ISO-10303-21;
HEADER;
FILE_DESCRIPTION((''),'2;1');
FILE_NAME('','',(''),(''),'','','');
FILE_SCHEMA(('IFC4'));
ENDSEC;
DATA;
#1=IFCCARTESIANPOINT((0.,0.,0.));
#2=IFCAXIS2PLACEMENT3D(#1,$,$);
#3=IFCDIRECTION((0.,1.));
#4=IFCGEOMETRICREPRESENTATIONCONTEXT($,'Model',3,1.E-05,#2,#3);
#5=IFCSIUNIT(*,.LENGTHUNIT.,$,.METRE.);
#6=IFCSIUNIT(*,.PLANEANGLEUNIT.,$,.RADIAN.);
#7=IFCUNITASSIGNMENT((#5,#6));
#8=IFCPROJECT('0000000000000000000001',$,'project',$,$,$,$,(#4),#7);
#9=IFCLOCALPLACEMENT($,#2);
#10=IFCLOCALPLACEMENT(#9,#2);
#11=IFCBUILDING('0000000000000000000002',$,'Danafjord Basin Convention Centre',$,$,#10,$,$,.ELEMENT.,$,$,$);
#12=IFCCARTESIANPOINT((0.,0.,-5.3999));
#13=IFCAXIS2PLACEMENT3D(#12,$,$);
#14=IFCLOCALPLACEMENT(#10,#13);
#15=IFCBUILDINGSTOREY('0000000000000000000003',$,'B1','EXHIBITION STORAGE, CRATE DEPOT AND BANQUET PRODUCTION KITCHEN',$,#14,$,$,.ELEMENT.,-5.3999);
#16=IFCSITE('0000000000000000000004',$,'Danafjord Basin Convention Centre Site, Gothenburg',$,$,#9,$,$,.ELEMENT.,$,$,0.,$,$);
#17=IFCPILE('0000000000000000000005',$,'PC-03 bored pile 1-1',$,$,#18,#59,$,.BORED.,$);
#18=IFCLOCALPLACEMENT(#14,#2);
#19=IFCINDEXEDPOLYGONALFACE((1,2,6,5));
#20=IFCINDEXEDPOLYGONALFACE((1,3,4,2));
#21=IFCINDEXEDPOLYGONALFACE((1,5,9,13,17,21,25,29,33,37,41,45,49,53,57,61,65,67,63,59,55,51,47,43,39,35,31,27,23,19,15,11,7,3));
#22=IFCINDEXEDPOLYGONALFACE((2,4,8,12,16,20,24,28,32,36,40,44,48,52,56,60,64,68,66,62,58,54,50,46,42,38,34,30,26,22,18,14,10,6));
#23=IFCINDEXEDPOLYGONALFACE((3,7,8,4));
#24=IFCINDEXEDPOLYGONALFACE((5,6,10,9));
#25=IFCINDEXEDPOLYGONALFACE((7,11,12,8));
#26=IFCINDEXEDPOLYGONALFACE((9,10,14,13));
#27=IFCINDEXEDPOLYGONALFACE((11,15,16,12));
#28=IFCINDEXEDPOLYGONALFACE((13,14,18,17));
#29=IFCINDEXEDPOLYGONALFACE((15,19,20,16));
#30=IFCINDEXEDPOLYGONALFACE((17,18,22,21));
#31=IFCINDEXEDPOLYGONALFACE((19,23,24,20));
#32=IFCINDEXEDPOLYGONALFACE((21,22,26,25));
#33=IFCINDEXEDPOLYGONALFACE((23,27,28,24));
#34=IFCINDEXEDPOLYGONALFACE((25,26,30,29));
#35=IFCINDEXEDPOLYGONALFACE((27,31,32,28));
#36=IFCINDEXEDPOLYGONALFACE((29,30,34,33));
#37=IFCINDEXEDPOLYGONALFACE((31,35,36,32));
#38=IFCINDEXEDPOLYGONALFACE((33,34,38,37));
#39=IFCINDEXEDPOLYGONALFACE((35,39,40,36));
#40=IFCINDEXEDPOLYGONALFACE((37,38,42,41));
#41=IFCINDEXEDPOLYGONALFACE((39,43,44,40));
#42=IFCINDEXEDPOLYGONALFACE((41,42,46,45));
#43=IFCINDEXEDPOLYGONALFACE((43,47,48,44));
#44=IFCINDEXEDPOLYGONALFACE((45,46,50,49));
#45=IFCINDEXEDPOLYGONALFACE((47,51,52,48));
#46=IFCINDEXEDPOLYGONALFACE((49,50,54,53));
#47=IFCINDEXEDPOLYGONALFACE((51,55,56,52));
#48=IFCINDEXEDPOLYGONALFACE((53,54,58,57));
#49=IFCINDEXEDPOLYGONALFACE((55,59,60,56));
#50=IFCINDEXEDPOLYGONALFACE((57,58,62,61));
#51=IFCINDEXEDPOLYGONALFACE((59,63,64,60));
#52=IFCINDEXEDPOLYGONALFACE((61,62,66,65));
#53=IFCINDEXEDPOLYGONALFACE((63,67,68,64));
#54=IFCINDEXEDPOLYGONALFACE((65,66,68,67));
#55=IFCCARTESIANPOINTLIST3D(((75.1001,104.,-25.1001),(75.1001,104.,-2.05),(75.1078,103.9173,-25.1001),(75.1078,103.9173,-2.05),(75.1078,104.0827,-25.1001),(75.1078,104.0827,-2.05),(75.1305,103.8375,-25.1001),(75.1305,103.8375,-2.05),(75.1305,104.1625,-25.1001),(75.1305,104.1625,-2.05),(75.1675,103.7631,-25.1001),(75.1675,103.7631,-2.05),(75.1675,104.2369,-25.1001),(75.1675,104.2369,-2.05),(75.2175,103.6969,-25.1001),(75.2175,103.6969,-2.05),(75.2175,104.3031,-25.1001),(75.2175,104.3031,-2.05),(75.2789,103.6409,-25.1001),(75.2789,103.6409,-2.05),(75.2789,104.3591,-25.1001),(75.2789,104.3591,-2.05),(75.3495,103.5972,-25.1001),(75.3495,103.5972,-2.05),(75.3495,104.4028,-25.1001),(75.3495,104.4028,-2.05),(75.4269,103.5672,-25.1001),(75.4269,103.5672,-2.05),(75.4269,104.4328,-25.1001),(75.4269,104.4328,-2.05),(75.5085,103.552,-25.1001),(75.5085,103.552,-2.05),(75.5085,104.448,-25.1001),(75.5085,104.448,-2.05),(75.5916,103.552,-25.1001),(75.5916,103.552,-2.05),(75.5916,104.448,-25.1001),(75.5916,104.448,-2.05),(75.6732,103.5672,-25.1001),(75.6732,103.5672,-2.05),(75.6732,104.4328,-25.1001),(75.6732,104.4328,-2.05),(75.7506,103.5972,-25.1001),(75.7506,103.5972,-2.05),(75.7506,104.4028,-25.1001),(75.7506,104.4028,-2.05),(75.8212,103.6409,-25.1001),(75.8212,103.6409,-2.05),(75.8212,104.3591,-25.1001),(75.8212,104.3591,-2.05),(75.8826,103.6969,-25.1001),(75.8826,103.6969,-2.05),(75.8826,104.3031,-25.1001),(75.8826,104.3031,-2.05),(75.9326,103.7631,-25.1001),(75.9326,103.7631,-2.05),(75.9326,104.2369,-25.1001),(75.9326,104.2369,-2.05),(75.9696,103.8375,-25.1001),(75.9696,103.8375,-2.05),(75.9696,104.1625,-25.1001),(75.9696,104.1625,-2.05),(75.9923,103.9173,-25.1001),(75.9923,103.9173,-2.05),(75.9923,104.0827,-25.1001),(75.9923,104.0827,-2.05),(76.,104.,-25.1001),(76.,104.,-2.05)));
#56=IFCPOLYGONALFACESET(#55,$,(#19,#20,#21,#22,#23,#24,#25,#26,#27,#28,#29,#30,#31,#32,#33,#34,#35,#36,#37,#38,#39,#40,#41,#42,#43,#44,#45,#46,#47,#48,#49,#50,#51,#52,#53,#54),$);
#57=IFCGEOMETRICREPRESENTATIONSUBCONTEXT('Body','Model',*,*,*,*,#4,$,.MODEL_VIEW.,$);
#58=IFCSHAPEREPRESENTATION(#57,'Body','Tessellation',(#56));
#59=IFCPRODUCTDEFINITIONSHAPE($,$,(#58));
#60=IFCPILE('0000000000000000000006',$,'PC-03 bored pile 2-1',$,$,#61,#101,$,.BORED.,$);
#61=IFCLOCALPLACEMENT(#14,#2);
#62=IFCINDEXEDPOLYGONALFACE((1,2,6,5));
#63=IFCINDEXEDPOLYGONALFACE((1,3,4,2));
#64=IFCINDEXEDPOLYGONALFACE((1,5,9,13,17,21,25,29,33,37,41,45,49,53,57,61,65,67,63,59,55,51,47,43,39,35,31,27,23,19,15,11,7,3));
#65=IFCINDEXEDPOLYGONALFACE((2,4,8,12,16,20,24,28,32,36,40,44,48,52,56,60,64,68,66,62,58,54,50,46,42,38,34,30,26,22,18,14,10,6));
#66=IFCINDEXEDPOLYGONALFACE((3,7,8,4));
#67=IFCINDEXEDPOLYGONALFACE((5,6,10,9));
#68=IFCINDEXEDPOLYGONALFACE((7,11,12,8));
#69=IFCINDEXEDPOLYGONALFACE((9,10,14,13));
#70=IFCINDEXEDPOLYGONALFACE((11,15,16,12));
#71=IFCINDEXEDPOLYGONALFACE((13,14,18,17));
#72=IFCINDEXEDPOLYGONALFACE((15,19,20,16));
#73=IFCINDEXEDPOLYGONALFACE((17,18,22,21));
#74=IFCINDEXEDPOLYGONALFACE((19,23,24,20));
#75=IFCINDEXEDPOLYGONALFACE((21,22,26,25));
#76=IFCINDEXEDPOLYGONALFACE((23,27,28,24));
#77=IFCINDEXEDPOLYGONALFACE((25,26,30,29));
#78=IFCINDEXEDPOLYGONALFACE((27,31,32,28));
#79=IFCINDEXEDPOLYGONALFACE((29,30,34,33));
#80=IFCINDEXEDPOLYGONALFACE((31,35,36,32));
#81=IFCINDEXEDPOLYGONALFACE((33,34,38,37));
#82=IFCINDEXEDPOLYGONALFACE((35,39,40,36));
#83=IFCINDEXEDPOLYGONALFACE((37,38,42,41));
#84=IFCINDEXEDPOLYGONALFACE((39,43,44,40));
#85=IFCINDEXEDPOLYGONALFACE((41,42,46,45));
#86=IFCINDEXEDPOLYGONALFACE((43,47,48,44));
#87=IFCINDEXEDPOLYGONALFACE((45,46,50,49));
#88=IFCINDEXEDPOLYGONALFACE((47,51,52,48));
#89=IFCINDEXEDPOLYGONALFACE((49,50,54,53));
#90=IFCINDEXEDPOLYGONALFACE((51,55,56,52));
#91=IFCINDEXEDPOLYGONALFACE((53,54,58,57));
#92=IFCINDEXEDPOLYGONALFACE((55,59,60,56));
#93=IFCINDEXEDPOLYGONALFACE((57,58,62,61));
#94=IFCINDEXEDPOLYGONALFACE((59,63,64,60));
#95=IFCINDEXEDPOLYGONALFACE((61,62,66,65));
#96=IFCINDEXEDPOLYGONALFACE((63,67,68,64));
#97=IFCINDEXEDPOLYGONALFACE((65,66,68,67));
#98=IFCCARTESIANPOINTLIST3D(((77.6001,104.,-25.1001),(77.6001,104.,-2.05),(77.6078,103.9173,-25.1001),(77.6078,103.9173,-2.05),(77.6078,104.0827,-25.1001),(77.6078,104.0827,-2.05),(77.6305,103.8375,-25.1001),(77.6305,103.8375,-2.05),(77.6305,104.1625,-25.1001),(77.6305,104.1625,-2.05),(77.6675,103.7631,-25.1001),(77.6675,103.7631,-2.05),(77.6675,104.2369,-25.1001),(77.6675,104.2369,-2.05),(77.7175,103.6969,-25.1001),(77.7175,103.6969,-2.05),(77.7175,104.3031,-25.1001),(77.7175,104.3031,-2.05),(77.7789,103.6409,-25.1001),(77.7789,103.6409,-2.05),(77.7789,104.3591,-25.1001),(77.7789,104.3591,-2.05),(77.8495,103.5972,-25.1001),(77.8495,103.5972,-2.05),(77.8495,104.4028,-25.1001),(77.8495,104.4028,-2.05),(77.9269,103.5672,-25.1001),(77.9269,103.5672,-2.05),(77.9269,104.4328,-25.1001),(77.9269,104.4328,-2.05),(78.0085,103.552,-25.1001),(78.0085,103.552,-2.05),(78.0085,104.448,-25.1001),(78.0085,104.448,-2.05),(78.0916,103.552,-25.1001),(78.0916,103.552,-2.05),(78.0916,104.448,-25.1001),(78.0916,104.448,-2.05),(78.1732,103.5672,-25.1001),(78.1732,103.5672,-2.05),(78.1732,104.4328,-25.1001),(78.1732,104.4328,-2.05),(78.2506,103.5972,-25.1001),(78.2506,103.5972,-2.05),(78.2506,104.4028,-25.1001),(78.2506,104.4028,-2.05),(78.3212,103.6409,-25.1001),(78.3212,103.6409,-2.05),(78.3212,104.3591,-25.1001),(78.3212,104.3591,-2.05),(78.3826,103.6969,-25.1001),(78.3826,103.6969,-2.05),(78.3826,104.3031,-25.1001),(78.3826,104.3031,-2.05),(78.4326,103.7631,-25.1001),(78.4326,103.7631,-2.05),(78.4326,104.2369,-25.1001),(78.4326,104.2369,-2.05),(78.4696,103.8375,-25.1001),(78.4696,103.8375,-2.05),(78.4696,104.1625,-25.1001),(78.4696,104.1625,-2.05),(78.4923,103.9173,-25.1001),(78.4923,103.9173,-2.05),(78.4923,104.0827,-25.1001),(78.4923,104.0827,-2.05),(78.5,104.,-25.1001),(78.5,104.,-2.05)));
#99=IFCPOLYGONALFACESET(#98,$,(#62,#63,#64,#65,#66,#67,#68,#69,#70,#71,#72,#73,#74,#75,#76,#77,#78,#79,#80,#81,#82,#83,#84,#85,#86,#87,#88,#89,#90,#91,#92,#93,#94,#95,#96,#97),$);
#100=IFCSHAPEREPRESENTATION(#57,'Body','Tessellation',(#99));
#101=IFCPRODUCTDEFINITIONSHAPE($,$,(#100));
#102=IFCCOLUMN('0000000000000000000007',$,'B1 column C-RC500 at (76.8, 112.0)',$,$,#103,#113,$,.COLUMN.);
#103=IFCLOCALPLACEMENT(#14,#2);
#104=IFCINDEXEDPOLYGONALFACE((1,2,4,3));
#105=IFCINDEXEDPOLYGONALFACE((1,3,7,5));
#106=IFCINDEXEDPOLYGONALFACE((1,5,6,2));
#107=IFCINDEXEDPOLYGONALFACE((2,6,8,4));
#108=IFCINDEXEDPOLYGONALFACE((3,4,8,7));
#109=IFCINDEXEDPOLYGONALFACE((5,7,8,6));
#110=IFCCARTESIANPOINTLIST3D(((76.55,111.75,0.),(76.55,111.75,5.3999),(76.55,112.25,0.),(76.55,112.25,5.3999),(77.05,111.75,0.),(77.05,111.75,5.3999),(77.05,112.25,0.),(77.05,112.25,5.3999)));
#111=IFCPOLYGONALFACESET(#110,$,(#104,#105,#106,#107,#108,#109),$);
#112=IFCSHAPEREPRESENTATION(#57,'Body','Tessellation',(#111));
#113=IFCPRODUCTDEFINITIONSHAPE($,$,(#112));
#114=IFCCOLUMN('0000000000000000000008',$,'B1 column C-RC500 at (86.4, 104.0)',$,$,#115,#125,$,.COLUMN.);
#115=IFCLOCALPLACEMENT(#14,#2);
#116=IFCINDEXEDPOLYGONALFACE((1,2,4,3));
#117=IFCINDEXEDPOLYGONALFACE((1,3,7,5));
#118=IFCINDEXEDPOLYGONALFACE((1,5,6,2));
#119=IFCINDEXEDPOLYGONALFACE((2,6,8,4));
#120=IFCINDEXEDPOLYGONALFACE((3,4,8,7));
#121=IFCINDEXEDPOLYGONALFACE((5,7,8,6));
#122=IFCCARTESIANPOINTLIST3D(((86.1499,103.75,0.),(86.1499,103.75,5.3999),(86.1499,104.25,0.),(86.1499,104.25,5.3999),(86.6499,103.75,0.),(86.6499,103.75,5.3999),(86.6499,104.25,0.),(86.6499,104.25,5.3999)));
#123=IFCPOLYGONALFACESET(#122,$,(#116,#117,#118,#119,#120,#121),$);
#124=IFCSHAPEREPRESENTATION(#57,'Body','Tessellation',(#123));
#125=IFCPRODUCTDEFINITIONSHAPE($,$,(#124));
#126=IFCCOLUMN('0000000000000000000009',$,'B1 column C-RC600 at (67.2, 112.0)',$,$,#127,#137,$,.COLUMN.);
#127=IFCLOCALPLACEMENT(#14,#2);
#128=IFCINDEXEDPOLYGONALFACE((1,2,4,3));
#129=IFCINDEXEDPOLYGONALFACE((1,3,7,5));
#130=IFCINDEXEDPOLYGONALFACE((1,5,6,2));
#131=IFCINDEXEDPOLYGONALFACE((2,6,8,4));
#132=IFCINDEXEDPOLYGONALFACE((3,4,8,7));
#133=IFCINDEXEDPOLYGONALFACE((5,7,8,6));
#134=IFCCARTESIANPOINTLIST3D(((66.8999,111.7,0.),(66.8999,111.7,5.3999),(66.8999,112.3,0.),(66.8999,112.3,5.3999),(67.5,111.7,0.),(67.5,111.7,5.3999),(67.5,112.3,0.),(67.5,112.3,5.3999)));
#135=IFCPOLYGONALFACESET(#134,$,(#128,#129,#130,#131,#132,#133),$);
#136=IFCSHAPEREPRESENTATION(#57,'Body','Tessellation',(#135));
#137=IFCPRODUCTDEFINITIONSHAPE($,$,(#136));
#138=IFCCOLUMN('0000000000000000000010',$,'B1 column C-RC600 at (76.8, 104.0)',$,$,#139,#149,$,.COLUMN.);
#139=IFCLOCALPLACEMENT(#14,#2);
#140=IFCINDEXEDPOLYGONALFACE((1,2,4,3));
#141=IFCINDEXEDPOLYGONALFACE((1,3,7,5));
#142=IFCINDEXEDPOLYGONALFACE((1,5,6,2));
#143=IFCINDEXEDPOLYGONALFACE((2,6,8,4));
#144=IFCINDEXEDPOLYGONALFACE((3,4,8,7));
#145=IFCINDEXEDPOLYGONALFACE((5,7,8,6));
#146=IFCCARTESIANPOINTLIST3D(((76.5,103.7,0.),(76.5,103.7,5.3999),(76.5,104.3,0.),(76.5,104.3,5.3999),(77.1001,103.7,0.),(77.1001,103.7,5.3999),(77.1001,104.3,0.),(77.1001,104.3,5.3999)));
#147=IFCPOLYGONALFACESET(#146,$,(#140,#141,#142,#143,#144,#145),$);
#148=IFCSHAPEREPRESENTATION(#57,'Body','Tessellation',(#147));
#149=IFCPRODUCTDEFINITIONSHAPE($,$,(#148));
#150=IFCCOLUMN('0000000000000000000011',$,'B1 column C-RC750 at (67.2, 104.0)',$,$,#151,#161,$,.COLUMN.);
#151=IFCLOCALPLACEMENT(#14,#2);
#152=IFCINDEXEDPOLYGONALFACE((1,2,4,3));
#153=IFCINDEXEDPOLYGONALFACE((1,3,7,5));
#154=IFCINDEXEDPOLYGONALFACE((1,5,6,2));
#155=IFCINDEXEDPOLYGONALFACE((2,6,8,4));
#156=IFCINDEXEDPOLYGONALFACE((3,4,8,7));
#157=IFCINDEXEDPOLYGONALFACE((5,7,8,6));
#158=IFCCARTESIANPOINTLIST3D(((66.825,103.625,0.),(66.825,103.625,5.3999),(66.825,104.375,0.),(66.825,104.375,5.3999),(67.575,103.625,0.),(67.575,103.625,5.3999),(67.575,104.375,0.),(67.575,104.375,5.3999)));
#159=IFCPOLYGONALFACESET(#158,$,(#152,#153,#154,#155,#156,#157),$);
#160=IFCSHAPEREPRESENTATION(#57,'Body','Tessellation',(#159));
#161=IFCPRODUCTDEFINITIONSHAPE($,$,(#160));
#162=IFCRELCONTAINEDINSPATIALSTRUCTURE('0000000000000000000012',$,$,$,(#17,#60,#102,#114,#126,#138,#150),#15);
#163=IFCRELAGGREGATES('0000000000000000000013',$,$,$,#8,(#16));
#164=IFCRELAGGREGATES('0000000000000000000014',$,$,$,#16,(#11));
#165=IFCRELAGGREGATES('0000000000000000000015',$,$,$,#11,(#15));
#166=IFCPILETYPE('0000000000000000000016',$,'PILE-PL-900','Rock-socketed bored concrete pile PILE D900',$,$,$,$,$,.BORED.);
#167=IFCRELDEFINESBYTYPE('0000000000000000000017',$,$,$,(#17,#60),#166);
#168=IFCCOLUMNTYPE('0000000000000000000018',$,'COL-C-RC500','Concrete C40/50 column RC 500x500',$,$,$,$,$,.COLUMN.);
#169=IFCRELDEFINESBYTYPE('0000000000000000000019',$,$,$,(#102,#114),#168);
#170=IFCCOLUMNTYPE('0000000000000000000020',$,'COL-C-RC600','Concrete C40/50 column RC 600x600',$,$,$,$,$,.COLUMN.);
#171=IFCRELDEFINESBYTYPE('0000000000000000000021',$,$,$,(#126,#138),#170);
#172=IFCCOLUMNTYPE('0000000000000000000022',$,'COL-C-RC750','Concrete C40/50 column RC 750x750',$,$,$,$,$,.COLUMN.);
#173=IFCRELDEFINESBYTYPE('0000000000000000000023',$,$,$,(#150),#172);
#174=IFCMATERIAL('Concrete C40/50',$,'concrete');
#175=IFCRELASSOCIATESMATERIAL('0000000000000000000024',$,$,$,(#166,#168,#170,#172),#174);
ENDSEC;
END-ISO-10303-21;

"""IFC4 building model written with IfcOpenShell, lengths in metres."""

from ifc_helpers import new_model, si_unit, direction, frame, origin, origin_2d, place, context, subcontext, project, spatial, rectangle, circle, extrude, material, material_profile, profile_set, type_object, element, save


model = new_model("IFC4")

# Units and contexts
model_context = context("Model", 3, precision=1e-05, world=origin(), true_north=direction((0.0, 1.0)))
body_context = subcontext(model_context, "Body", "Model", "MODEL_VIEW")
ifc_project = project(units=[si_unit("LENGTHUNIT", "METRE"), si_unit("PLANEANGLEUNIT", "RADIAN")], contexts=[model_context])

# Site, building, storey
site_placement = place(None, origin())
site = spatial("IfcSite", under=ifc_project, at=site_placement, Name="Danafjord Basin Convention Centre Site, Gothenburg", CompositionType="ELEMENT", RefElevation=0.0)
building_placement = place(site_placement, origin())
building = spatial("IfcBuilding", under=site, at=building_placement, Name="Danafjord Basin Convention Centre", CompositionType="ELEMENT")
storey_placement = place(building_placement, frame((0.0, 0.0, -5.3999)))
storey = spatial("IfcBuildingStorey", under=building, at=storey_placement, Name="B1", Description="EXHIBITION STORAGE, CRATE DEPOT AND BANQUET PRODUCTION KITCHEN", CompositionType="ELEMENT", Elevation=-5.3999)

# Shared definitions
ifc_material_1 = material(Name="Concrete C40/50", Category="concrete")

# Piles
ifc_material_profile_1 = material_profile(ifc_material_1, circle(Radius=0.45, at=origin_2d()), Name="PILE D900")
ifc_profile_set_1 = profile_set([ifc_material_profile_1], Name="Concrete C40/50")
pile_type_1 = type_object("IfcPileType", Name="PILE-PL-900", Description="Rock-socketed bored concrete pile PILE D900", PredefinedType="BORED", material=ifc_profile_set_1)
for number, where, z_axis, x_axis, name in (
    (1, (75.55, 104.0, -2.05), (0.0, 0.0, -1.0), (1.0, 0.0, 0.0), "PC-03 bored pile 1-1"),
    (2, (78.05, 104.0, -2.05), (0.0, 0.0, -1.0), (1.0, 0.0, 0.0), "PC-03 bored pile 2-1"),
):
    element("IfcPile", number, at=place(storey_placement, frame(where, z_axis=z_axis, x_axis=x_axis)), inside=storey, type_object=pile_type_1, Name=name, PredefinedType="BORED", context=body_context, shape_type="SweptSolid", body=[
        extrude(circle(Radius=0.45, at=origin_2d()), origin(), (0.0, 0.0, 1.0), 23.05),
    ])

# Columns
ifc_material_profile_2 = material_profile(ifc_material_1, rectangle(XDim=0.5, YDim=0.5, at=origin_2d()), Name="RC 500x500")
ifc_profile_set_2 = profile_set([ifc_material_profile_2], Name="Concrete C40/50")
column_type_1 = type_object("IfcColumnType", Name="COL-C-RC500", Description="Concrete C40/50 column RC 500x500", PredefinedType="COLUMN", material=ifc_profile_set_2)
for number, where, z_axis, x_axis, name in (
    (3, (76.8, 112.0, 0.0), (0.0, 0.0, 1.0), (1.0, 0.0, 0.0), "B1 column C-RC500 at (76.8, 112.0)"),
    (4, (86.3999, 104.0, 0.0), (0.0, 0.0, 1.0), (1.0, 0.0, 0.0), "B1 column C-RC500 at (86.4, 104.0)"),
):
    element("IfcColumn", number, at=place(storey_placement, frame(where, z_axis=z_axis, x_axis=x_axis)), inside=storey, type_object=column_type_1, Name=name, PredefinedType="COLUMN", context=body_context, shape_type="SweptSolid", body=[
        extrude(rectangle(XDim=0.5, YDim=0.5, at=origin_2d()), origin(), (0.0, 0.0, 1.0), 5.3999),
    ])
ifc_material_profile_3 = material_profile(ifc_material_1, rectangle(XDim=0.6001, YDim=0.6001, at=origin_2d()), Name="RC 600x600")
ifc_profile_set_3 = profile_set([ifc_material_profile_3], Name="Concrete C40/50")
column_type_2 = type_object("IfcColumnType", Name="COL-C-RC600", Description="Concrete C40/50 column RC 600x600", PredefinedType="COLUMN", material=ifc_profile_set_3)
for number, where, z_axis, x_axis, name in (
    (5, (67.2, 112.0, 0.0), (0.0, 0.0, 1.0), (1.0, 0.0, 0.0), "B1 column C-RC600 at (67.2, 112.0)"),
    (6, (76.8, 104.0, 0.0), (0.0, 0.0, 1.0), (1.0, 0.0, 0.0), "B1 column C-RC600 at (76.8, 104.0)"),
):
    element("IfcColumn", number, at=place(storey_placement, frame(where, z_axis=z_axis, x_axis=x_axis)), inside=storey, type_object=column_type_2, Name=name, PredefinedType="COLUMN", context=body_context, shape_type="SweptSolid", body=[
        extrude(rectangle(XDim=0.6001, YDim=0.6001, at=origin_2d()), origin(), (0.0, 0.0, 1.0), 5.3999),
    ])
ifc_material_profile_4 = material_profile(ifc_material_1, rectangle(XDim=0.75, YDim=0.75, at=origin_2d()), Name="RC 750x750")
ifc_profile_set_4 = profile_set([ifc_material_profile_4], Name="Concrete C40/50")
column_type_3 = type_object("IfcColumnType", Name="COL-C-RC750", Description="Concrete C40/50 column RC 750x750", PredefinedType="COLUMN", material=ifc_profile_set_4)
column_1_placement = place(storey_placement, frame((67.2, 104.0, 0.0), z_axis=(0.0, 0.0, 1.0), x_axis=(1.0, 0.0, 0.0)))
element("IfcColumn", 7, at=column_1_placement, inside=storey, type_object=column_type_3, Name="B1 column C-RC750 at (67.2, 104.0)", PredefinedType="COLUMN", context=body_context, shape_type="SweptSolid", body=[
    extrude(rectangle(XDim=0.75, YDim=0.75, at=origin_2d()), origin(), (0.0, 0.0, 1.0), 5.3999),
])

save(model, "model.ifc")
